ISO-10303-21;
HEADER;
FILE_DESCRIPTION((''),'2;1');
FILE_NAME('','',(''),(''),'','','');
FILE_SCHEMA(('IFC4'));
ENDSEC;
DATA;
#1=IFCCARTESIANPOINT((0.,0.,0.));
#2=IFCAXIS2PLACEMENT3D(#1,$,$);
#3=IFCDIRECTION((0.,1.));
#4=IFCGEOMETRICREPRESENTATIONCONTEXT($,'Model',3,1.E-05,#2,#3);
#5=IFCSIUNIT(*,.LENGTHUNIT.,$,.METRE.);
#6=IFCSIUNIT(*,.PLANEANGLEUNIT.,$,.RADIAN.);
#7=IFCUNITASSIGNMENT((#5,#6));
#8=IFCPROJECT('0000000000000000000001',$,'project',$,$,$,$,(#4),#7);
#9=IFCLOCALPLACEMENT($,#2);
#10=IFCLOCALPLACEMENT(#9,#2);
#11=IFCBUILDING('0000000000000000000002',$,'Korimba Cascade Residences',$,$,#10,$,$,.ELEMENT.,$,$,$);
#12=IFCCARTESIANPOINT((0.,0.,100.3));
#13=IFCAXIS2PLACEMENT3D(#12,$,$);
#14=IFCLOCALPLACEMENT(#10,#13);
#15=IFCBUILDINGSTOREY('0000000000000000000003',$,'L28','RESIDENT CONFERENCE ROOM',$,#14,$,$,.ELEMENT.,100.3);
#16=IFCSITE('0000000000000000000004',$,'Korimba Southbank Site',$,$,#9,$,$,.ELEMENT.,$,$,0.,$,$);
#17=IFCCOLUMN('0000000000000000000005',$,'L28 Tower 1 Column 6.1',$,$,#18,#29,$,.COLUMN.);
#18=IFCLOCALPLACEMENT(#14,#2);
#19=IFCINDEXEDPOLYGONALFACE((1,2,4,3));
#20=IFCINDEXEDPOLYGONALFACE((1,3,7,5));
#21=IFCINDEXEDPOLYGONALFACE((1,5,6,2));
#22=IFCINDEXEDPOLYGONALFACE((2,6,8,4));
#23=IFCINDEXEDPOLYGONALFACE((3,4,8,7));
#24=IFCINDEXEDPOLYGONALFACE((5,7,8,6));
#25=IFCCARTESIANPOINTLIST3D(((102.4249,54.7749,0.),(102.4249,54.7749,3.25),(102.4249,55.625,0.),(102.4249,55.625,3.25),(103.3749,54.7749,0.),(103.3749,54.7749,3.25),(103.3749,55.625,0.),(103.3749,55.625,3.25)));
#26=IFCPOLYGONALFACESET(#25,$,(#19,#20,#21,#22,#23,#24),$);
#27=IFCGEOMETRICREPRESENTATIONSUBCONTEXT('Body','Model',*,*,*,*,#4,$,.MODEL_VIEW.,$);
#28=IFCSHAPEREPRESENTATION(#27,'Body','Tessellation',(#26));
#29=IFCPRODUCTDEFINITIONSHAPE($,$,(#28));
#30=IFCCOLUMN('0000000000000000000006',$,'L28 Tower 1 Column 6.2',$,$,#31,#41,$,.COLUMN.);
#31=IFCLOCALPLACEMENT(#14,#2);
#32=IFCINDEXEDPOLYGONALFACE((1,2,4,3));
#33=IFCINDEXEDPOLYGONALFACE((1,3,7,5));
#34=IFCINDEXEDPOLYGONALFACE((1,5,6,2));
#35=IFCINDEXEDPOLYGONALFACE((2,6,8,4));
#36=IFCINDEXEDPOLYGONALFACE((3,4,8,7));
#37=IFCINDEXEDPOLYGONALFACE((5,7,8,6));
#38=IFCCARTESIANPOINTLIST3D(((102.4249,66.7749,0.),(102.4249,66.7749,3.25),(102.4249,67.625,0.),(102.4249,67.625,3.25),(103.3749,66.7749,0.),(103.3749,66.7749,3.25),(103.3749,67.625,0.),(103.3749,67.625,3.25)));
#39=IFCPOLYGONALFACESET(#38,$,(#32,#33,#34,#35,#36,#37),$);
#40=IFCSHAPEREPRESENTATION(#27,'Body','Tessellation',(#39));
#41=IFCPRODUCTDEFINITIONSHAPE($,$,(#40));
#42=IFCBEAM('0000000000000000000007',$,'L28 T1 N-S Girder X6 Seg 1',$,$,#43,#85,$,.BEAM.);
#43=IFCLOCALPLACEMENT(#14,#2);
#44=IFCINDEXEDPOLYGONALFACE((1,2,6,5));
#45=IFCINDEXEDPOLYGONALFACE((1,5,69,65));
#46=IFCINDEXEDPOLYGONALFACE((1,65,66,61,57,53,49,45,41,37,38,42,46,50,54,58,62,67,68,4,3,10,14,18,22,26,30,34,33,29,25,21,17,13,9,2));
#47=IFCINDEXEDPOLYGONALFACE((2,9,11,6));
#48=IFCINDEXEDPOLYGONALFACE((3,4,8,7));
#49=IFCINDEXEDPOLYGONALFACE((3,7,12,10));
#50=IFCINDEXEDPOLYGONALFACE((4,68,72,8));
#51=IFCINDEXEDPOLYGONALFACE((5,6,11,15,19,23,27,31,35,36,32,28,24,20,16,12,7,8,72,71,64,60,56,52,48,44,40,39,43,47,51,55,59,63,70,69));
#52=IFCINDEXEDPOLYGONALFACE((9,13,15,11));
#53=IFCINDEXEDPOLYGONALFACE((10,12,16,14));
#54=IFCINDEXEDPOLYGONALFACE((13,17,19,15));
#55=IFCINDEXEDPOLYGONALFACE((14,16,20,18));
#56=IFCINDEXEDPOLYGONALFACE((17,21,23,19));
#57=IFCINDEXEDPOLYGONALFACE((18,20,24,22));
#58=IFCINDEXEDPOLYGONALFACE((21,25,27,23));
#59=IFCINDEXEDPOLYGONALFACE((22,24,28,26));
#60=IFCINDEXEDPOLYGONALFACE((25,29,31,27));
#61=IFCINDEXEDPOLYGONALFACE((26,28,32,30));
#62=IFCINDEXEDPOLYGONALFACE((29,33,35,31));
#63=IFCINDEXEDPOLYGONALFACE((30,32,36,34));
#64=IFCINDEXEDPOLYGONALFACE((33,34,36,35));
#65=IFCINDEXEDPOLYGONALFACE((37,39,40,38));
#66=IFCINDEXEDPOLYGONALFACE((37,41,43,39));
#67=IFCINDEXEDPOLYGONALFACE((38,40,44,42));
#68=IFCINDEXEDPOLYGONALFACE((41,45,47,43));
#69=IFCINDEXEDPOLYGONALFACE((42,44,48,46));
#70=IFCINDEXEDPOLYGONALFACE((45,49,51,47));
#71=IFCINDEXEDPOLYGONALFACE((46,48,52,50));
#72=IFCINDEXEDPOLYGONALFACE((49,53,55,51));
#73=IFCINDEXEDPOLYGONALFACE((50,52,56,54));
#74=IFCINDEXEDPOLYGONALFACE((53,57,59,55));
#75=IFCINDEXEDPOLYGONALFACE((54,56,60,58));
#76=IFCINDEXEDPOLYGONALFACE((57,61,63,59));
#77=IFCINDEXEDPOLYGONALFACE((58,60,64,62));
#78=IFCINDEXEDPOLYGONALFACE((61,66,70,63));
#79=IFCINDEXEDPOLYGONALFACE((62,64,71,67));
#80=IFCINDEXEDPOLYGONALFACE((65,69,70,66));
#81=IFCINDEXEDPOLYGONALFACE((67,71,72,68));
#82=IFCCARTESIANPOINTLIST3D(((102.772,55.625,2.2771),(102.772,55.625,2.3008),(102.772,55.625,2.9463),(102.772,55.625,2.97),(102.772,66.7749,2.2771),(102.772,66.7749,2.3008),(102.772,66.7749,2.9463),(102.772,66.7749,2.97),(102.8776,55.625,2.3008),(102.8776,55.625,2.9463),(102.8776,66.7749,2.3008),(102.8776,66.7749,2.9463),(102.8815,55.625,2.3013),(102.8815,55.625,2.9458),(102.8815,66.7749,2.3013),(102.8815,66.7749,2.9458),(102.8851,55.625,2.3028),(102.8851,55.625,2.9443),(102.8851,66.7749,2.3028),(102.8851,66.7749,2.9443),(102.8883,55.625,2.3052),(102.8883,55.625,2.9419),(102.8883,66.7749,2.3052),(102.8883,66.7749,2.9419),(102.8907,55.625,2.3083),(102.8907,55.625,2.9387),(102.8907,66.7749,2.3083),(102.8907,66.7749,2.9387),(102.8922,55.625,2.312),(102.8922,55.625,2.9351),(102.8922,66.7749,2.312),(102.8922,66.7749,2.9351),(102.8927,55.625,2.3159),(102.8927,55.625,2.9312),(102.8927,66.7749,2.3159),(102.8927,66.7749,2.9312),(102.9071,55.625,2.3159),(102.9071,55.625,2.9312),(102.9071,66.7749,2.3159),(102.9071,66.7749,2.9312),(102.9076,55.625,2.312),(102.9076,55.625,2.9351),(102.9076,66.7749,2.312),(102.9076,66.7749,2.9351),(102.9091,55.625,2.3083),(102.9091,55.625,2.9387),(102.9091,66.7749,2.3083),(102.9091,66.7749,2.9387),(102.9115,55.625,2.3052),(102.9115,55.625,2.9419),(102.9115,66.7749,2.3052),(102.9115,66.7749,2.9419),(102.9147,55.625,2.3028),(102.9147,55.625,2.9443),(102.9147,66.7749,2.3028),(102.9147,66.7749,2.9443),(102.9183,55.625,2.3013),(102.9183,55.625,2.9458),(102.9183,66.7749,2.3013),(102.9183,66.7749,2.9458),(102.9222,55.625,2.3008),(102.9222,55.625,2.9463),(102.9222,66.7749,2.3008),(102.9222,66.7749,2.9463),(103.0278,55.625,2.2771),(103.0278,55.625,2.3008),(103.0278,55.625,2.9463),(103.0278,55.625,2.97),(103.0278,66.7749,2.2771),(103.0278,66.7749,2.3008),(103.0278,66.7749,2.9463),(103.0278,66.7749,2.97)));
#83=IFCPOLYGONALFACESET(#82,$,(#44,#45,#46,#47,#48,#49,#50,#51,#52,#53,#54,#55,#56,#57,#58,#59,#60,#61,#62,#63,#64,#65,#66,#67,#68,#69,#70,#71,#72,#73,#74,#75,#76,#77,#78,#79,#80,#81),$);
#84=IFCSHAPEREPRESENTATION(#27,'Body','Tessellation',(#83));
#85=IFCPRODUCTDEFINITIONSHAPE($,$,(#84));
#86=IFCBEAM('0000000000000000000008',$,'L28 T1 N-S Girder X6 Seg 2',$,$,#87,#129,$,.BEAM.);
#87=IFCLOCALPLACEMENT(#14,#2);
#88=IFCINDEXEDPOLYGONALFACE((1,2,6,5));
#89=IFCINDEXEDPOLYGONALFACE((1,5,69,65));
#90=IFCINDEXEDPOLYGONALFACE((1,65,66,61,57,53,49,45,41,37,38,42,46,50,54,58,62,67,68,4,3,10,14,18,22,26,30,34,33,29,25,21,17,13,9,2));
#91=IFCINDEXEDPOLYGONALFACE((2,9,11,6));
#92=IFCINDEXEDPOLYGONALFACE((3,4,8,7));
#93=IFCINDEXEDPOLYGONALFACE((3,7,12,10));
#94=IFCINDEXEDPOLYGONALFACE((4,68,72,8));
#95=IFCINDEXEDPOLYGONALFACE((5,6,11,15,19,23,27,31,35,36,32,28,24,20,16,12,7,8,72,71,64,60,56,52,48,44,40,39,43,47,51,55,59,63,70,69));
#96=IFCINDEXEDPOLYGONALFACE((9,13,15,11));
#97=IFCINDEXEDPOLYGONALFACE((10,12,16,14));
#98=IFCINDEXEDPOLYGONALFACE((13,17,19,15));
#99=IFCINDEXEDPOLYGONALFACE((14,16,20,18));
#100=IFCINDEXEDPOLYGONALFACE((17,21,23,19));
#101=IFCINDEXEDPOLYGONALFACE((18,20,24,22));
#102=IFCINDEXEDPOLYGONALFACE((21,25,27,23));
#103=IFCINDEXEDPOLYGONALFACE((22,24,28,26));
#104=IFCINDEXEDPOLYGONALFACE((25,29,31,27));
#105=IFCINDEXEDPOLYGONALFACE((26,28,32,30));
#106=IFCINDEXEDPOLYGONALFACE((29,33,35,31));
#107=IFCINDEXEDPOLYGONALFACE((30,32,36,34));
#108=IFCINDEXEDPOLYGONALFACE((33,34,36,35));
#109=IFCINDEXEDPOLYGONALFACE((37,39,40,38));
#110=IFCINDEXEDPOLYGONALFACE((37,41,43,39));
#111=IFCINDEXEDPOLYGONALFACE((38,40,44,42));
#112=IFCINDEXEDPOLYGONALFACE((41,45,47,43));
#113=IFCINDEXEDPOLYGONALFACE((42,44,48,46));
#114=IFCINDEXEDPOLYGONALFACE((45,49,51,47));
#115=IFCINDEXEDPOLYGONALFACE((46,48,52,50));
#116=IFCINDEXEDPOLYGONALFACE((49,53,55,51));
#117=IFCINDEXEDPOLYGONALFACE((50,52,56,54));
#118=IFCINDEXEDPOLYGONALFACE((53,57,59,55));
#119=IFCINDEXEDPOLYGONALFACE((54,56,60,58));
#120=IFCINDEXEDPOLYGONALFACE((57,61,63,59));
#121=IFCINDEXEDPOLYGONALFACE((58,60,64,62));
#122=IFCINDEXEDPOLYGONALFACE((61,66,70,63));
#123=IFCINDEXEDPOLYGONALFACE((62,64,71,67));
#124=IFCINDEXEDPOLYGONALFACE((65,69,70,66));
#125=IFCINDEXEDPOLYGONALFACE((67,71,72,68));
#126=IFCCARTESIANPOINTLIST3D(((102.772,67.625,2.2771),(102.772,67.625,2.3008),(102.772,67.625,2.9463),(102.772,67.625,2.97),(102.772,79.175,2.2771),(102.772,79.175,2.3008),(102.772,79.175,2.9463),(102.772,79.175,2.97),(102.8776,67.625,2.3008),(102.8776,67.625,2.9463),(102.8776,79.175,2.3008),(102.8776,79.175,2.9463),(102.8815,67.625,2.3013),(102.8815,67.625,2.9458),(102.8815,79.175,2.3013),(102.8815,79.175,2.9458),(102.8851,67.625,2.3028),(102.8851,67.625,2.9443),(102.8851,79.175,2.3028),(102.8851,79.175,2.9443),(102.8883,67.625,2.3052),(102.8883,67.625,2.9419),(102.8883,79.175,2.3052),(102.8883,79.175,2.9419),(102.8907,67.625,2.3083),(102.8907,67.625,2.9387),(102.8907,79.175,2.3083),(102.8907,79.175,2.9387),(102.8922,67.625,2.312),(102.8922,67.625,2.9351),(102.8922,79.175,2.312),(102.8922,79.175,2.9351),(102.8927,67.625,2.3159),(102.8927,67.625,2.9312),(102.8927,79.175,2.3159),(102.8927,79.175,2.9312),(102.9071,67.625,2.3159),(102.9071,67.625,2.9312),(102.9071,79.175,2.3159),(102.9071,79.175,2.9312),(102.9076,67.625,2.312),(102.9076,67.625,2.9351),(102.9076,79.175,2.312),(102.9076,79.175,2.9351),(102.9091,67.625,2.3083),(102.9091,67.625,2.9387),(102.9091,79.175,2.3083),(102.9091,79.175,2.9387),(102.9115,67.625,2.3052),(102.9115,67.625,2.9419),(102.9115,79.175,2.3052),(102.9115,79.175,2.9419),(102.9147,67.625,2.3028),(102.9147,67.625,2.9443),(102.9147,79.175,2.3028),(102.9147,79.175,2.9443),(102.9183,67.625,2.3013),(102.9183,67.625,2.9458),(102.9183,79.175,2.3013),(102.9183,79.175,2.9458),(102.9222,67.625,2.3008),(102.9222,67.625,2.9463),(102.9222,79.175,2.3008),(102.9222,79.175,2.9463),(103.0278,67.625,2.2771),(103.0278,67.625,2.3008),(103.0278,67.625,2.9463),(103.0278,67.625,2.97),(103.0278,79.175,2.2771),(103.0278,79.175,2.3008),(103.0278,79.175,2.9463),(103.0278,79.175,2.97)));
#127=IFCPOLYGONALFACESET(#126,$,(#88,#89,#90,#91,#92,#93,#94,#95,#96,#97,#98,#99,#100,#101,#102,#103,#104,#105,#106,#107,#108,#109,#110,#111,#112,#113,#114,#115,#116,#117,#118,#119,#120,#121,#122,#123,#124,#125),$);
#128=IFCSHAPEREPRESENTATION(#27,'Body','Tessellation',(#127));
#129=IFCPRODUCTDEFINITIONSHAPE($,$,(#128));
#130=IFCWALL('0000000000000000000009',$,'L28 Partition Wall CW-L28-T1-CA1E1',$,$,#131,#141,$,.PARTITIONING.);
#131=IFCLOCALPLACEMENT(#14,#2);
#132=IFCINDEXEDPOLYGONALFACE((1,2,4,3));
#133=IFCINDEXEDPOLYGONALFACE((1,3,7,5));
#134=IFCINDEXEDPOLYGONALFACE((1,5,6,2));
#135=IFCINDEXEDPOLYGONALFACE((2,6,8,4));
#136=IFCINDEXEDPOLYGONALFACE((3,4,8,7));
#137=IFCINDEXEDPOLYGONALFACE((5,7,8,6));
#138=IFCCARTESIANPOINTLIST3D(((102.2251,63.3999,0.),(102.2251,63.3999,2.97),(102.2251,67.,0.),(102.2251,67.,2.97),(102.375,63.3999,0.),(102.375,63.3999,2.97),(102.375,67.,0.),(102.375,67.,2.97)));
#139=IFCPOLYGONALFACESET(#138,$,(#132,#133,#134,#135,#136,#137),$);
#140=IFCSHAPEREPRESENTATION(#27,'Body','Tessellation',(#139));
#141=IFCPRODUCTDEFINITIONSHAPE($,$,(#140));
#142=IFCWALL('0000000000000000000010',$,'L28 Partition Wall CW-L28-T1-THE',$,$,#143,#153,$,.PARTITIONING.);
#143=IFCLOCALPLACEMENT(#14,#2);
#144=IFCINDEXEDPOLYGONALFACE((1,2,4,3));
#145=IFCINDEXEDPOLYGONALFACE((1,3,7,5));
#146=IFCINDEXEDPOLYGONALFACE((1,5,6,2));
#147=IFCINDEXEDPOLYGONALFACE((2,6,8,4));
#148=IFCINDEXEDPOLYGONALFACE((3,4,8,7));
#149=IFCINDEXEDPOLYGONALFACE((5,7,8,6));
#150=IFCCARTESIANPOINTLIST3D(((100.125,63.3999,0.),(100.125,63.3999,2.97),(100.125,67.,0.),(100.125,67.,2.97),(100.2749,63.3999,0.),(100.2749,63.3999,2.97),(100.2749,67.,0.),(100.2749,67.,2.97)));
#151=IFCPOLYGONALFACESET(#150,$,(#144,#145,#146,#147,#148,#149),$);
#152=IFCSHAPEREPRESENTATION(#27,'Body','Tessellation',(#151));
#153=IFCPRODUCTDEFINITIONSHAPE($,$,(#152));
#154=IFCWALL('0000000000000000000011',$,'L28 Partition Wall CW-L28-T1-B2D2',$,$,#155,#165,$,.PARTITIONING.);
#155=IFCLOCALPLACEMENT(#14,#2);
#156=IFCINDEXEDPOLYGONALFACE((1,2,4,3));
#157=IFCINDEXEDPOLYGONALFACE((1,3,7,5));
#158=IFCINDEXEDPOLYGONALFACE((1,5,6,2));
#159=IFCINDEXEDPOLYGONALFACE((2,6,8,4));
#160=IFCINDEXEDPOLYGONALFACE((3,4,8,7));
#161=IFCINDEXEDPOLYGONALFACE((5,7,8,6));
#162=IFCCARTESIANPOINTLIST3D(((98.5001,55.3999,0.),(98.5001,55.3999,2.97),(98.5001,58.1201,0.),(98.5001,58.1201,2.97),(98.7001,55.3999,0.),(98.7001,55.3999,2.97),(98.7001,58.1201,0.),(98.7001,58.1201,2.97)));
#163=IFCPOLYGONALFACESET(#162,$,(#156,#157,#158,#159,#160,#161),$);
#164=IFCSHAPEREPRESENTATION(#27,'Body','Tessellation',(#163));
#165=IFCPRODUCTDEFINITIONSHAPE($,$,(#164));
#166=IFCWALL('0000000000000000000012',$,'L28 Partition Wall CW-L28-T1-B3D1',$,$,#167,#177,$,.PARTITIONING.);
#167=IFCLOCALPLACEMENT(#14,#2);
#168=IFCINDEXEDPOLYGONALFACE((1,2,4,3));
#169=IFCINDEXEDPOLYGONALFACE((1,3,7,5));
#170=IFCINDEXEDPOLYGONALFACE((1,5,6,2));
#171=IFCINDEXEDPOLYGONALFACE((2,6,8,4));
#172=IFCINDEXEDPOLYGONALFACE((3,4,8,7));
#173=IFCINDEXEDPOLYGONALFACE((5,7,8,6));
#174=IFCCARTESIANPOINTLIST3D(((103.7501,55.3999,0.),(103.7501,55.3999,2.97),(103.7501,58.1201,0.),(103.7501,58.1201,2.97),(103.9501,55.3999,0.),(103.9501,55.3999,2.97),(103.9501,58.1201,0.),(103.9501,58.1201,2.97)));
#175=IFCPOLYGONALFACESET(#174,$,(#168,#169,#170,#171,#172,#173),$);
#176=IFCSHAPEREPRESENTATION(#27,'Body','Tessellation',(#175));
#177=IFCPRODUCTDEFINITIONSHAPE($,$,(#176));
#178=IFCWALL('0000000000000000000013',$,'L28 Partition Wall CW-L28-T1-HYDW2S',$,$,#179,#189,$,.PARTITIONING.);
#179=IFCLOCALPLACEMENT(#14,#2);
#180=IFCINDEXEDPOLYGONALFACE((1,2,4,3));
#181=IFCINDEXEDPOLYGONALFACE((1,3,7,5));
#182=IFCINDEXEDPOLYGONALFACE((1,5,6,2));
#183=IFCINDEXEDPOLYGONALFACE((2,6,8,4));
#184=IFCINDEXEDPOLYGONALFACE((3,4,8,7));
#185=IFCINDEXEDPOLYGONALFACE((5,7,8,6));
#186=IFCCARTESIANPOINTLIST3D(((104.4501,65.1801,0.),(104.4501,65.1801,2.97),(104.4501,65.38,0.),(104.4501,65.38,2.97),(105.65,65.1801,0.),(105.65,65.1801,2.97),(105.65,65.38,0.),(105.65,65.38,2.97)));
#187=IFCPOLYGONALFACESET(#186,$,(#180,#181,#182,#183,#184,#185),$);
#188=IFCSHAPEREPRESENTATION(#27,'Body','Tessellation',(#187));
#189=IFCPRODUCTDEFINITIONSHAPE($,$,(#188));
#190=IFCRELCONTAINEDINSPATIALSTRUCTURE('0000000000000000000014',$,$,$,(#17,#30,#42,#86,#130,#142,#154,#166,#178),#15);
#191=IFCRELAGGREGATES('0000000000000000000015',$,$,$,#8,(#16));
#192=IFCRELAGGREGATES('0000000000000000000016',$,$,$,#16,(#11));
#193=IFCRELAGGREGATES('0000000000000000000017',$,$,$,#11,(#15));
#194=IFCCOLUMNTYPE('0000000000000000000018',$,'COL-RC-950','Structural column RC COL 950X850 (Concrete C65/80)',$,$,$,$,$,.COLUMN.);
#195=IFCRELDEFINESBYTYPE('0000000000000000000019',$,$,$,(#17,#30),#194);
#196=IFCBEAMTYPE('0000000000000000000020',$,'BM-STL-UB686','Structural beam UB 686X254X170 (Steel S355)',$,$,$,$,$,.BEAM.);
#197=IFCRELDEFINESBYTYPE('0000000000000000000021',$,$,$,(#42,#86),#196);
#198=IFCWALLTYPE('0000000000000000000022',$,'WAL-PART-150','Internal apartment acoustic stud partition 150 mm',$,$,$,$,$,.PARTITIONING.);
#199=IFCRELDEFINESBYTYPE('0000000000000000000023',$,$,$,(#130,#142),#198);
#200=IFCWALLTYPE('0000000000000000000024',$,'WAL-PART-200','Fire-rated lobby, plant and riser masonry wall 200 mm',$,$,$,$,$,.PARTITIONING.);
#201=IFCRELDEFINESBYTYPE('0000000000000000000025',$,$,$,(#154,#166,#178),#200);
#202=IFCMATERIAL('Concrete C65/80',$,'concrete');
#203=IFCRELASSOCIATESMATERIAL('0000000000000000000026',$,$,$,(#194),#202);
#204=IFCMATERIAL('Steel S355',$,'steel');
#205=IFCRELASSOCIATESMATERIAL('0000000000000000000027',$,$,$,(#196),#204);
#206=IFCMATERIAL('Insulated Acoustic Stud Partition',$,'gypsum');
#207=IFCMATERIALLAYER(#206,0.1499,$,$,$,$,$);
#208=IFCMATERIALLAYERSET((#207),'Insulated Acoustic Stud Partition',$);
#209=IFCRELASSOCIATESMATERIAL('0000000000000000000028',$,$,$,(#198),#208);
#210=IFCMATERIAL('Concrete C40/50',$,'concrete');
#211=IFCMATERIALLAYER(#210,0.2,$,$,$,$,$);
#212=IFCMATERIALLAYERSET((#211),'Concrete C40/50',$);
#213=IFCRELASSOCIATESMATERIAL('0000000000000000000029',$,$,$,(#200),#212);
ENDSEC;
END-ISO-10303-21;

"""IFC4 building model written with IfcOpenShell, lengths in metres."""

from ifc_helpers import new_model, si_unit, direction, frame, frame_2d, origin, origin_2d, place, context, subcontext, project, spatial, rectangle, i_section, extrude, material, layer, layer_set, material_profile, profile_set, type_object, element, save


model = new_model("IFC4")

# Units and contexts
model_context = context("Model", 3, precision=1e-05, world=origin(), true_north=direction((0.0, 1.0)))
body_context = subcontext(model_context, "Body", "Model", "MODEL_VIEW")
ifc_project = project(units=[si_unit("LENGTHUNIT", "METRE"), si_unit("PLANEANGLEUNIT", "RADIAN")], contexts=[model_context])

# Site, building, storey
site_placement = place(None, origin())
site = spatial("IfcSite", under=ifc_project, at=site_placement, Name="Korimba Southbank Site", CompositionType="ELEMENT", RefElevation=0.0)
building_placement = place(site_placement, origin())
building = spatial("IfcBuilding", under=site, at=building_placement, Name="Korimba Cascade Residences", CompositionType="ELEMENT")
storey_placement = place(building_placement, frame((0.0, 0.0, 100.3)))
storey = spatial("IfcBuildingStorey", under=building, at=storey_placement, Name="L28", Description="RESIDENT CONFERENCE ROOM", CompositionType="ELEMENT", Elevation=100.3)

# Columns
ifc_material_1 = material(Name="Concrete C65/80", Category="concrete")
ifc_material_profile_1 = material_profile(ifc_material_1, rectangle(XDim=0.95, YDim=0.8501, at=origin_2d()), Name="Concrete C65/80")
ifc_profile_set_1 = profile_set([ifc_material_profile_1], Name="Concrete C65/80")
column_type = type_object("IfcColumnType", Name="COL-RC-950", Description="Structural column RC COL 950X850 (Concrete C65/80)", PredefinedType="COLUMN", material=ifc_profile_set_1)
for number, where, z_axis, x_axis, name in (
    (1, (102.8999, 55.2, 0.0), (0.0, 0.0, 1.0), (1.0, 0.0, 0.0), "L28 Tower 1 Column 6.1"),
    (2, (102.8999, 67.2, 0.0), (0.0, 0.0, 1.0), (1.0, 0.0, 0.0), "L28 Tower 1 Column 6.2"),
):
    element("IfcColumn", number, at=place(storey_placement, frame(where, z_axis=z_axis, x_axis=x_axis)), inside=storey, type_object=column_type, Name=name, PredefinedType="COLUMN", context=body_context, shape_type="SweptSolid", body=[
        extrude(rectangle(XDim=0.95, YDim=0.8501, at=origin_2d()), origin(), (0.0, 0.0, 1.0), 3.25),
    ])

# Beams
ifc_material_2 = material(Name="Steel S355", Category="steel")
ifc_material_profile_2 = material_profile(ifc_material_2, i_section(OverallWidth=0.2559, OverallDepth=0.6929, WebThickness=0.0144, FlangeThickness=0.0237, FilletRadius=0.0151, at=origin_2d()), Name="Steel S355")
ifc_profile_set_2 = profile_set([ifc_material_profile_2], Name="Steel S355")
beam_type = type_object("IfcBeamType", Name="BM-STL-UB686", Description="Structural beam UB 686X254X170 (Steel S355)", PredefinedType="BEAM", material=ifc_profile_set_2)
beam_1_placement = place(storey_placement, frame((102.8999, 55.625, 2.6235), z_axis=(0.0, 1.0, 0.0), x_axis=(-1.0, 0.0, 0.0)))
element("IfcBeam", 3, at=beam_1_placement, inside=storey, type_object=beam_type, Name="L28 T1 N-S Girder X6 Seg 1", PredefinedType="BEAM", context=body_context, shape_type="SweptSolid", body=[
    extrude(i_section(OverallWidth=0.2559, OverallDepth=0.6929, WebThickness=0.0144, FlangeThickness=0.0237, FilletRadius=0.0151, at=origin_2d()), origin(), (0.0, 0.0, 1.0), 11.1499),
])
beam_2_placement = place(storey_placement, frame((102.8999, 67.625, 2.6235), z_axis=(0.0, 1.0, 0.0), x_axis=(-1.0, 0.0, 0.0)))
element("IfcBeam", 4, at=beam_2_placement, inside=storey, type_object=beam_type, Name="L28 T1 N-S Girder X6 Seg 2", PredefinedType="BEAM", context=body_context, shape_type="SweptSolid", body=[
    extrude(i_section(OverallWidth=0.2559, OverallDepth=0.6929, WebThickness=0.0144, FlangeThickness=0.0237, FilletRadius=0.0151, at=origin_2d()), origin(), (0.0, 0.0, 1.0), 11.55),
])

# Walls
ifc_material_3 = material(Name="Insulated Acoustic Stud Partition", Category="gypsum")
ifc_layer_1 = layer(ifc_material_3, 0.1499)
ifc_layer_set_1 = layer_set([ifc_layer_1], Name="Insulated Acoustic Stud Partition")
wall_type_1 = type_object("IfcWallType", Name="WAL-PART-150", Description="Internal apartment acoustic stud partition 150 mm", PredefinedType="PARTITIONING", material=ifc_layer_set_1)
for number, where, z_axis, x_axis, name in (
    (5, (102.3, 63.3999, 0.0), (0.0, 0.0, 1.0), (0.0, 1.0, 0.0), "L28 Partition Wall CW-L28-T1-CA1E1"),
    (6, (100.2, 63.3999, 0.0), (0.0, 0.0, 1.0), (0.0, 1.0, 0.0), "L28 Partition Wall CW-L28-T1-THE"),
):
    element("IfcWall", number, at=place(storey_placement, frame(where, z_axis=z_axis, x_axis=x_axis)), inside=storey, type_object=wall_type_1, Name=name, PredefinedType="PARTITIONING", context=body_context, shape_type="SweptSolid", body=[
        extrude(rectangle(XDim=3.6001, YDim=0.1499, at=frame_2d((1.8, 0.0))), origin(), (0.0, 0.0, 1.0), 2.97),
    ])
ifc_material_4 = material(Name="Concrete C40/50", Category="concrete")
ifc_layer_2 = layer(ifc_material_4, 0.2)
ifc_layer_set_2 = layer_set([ifc_layer_2], Name="Concrete C40/50")
wall_type_2 = type_object("IfcWallType", Name="WAL-PART-200", Description="Fire-rated lobby, plant and riser masonry wall 200 mm", PredefinedType="PARTITIONING", material=ifc_layer_set_2)
for number, where, z_axis, x_axis, name in (
    (7, (98.6001, 55.3999, 0.0), (0.0, 0.0, 1.0), (0.0, 1.0, 0.0), "L28 Partition Wall CW-L28-T1-B2D2"),
    (8, (103.8501, 55.3999, 0.0), (0.0, 0.0, 1.0), (0.0, 1.0, 0.0), "L28 Partition Wall CW-L28-T1-B3D1"),
):
    element("IfcWall", number, at=place(storey_placement, frame(where, z_axis=z_axis, x_axis=x_axis)), inside=storey, type_object=wall_type_2, Name=name, PredefinedType="PARTITIONING", context=body_context, shape_type="SweptSolid", body=[
        extrude(rectangle(XDim=2.7202, YDim=0.2, at=frame_2d((1.3601, 0.0))), origin(), (0.0, 0.0, 1.0), 2.97),
    ])
wall_1_placement = place(storey_placement, frame((104.45, 65.28, 0.0), z_axis=(0.0, 0.0, 1.0), x_axis=(1.0, 0.0, 0.0)))
element("IfcWall", 9, at=wall_1_placement, inside=storey, type_object=wall_type_2, Name="L28 Partition Wall CW-L28-T1-HYDW2S", PredefinedType="PARTITIONING", context=body_context, shape_type="SweptSolid", body=[
    extrude(rectangle(XDim=1.2, YDim=0.2, at=frame_2d((0.6001, 0.0))), origin(), (0.0, 0.0, 1.0), 2.97),
])

save(model, "model.ifc")
